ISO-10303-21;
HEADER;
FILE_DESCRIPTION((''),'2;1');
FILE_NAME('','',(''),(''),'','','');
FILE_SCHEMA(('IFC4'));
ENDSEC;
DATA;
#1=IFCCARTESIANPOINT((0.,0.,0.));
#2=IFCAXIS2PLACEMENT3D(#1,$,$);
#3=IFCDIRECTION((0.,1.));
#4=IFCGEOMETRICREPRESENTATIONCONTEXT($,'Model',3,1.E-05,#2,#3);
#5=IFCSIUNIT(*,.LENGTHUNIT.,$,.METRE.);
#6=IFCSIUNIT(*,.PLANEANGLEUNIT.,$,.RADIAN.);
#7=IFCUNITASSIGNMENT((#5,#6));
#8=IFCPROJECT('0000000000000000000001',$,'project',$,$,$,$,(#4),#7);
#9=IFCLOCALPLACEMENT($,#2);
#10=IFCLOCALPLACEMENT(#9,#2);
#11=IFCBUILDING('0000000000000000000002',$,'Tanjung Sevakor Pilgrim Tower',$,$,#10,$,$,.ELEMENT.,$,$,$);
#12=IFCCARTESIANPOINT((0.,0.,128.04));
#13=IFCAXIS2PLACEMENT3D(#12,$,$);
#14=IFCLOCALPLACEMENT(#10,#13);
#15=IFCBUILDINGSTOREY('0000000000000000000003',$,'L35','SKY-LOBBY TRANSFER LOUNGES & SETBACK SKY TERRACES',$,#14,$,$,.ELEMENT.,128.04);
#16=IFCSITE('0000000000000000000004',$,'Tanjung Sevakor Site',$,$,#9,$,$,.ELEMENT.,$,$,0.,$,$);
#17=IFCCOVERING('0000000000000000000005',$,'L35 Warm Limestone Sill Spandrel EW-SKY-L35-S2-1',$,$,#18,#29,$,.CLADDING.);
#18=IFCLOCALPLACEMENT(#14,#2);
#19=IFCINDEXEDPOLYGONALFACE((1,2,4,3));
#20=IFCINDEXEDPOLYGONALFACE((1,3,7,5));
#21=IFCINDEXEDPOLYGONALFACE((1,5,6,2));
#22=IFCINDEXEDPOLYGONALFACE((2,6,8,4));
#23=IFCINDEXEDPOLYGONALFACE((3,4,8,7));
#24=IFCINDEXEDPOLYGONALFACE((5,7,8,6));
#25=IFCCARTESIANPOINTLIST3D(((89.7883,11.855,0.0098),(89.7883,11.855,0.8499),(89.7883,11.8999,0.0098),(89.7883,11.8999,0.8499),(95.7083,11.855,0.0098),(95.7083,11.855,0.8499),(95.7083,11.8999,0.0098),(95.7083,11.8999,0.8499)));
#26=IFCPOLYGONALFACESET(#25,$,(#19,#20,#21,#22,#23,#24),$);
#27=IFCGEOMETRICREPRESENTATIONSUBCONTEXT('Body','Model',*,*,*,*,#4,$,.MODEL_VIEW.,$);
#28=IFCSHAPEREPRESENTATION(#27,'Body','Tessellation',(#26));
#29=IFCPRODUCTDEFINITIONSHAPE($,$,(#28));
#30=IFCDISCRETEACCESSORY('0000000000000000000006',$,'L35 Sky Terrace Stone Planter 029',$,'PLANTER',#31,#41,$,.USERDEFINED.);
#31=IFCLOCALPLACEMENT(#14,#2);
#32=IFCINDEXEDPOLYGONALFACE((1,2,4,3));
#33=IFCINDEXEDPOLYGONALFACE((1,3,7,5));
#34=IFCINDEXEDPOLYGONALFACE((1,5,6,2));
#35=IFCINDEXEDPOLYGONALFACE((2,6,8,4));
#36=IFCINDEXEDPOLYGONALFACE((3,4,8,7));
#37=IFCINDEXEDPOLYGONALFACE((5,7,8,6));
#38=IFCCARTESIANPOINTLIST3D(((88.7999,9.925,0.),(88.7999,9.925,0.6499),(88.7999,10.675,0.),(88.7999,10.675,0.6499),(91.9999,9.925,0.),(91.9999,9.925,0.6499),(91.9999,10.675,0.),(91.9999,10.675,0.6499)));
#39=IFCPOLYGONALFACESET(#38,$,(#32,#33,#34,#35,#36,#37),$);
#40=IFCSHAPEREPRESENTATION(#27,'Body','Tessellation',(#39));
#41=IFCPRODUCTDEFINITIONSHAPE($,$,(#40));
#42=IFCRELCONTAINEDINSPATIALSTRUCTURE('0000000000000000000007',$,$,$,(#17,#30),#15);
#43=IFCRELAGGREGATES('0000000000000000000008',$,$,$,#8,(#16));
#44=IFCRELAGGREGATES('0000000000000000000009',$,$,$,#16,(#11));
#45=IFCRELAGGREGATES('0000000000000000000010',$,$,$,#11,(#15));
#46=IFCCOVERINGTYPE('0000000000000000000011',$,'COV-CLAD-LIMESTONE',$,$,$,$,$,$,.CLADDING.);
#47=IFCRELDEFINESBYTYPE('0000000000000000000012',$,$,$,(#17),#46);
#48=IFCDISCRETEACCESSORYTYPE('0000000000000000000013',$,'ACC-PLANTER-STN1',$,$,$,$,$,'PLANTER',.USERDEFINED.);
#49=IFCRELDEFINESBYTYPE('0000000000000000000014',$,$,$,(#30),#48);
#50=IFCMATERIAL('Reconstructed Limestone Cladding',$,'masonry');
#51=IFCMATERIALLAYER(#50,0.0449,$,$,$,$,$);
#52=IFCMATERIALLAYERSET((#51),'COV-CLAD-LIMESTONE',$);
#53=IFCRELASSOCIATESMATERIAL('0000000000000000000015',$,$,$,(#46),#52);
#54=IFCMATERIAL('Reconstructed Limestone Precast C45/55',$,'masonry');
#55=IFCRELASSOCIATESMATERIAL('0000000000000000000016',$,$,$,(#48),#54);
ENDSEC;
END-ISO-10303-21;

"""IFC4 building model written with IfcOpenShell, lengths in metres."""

from ifc_helpers import new_model, si_unit, direction, frame, origin, origin_2d, place, context, subcontext, project, spatial, rectangle, extrude, material, layer, layer_set, type_object, element, save


model = new_model("IFC4")

# Units and contexts
model_context = context("Model", 3, precision=1e-05, world=origin(), true_north=direction((0.0, 1.0)))
body_context = subcontext(model_context, "Body", "Model", "MODEL_VIEW")
ifc_project = project(units=[si_unit("LENGTHUNIT", "METRE"), si_unit("PLANEANGLEUNIT", "RADIAN")], contexts=[model_context])

# Site, building, storey
site_placement = place(None, origin())
site = spatial("IfcSite", under=ifc_project, at=site_placement, Name="Tanjung Sevakor Site", CompositionType="ELEMENT", RefElevation=0.0)
building_placement = place(site_placement, origin())
building = spatial("IfcBuilding", under=site, at=building_placement, Name="Tanjung Sevakor Pilgrim Tower", CompositionType="ELEMENT")
storey_placement = place(building_placement, frame((0.0, 0.0, 128.04)))
storey = spatial("IfcBuildingStorey", under=building, at=storey_placement, Name="L35", Description="SKY-LOBBY TRANSFER LOUNGES & SETBACK SKY TERRACES", CompositionType="ELEMENT", Elevation=128.04)

# Covering
ifc_material_1 = material(Name="Reconstructed Limestone Cladding", Category="masonry")
ifc_layer_1 = layer(ifc_material_1, 0.0449)
ifc_layer_set_1 = layer_set([ifc_layer_1], Name="COV-CLAD-LIMESTONE")
covering_type = type_object("IfcCoveringType", Name="COV-CLAD-LIMESTONE", PredefinedType="CLADDING", material=ifc_layer_set_1)
covering_placement = place(storey_placement, frame((92.7483, 11.8774, 0.0098), z_axis=(0.0, 0.0, 1.0), x_axis=(1.0, 0.0, 0.0)))
element("IfcCovering", 1, at=covering_placement, inside=storey, type_object=covering_type, Name="L35 Warm Limestone Sill Spandrel EW-SKY-L35-S2-1", PredefinedType="CLADDING", context=body_context, shape_type="SweptSolid", body=[
    extrude(rectangle(XDim=5.9199, YDim=0.0449, at=origin_2d()), origin(), (0.0, 0.0, 1.0), 0.8401),
])

# Discrete accessory
ifc_material_2 = material(Name="Reconstructed Limestone Precast C45/55", Category="masonry")
discrete_accessory_type = type_object("IfcDiscreteAccessoryType", Name="ACC-PLANTER-STN1", ElementType="PLANTER", PredefinedType="USERDEFINED", material=ifc_material_2)
discrete_accessory_placement = place(storey_placement, frame((90.3999, 10.3, 0.0), z_axis=(0.0, 0.0, 1.0), x_axis=(1.0, 0.0, 0.0)))
element("IfcDiscreteAccessory", 2, at=discrete_accessory_placement, inside=storey, type_object=discrete_accessory_type, Name="L35 Sky Terrace Stone Planter 029", ObjectType="PLANTER", PredefinedType="USERDEFINED", context=body_context, shape_type="SweptSolid", body=[
    extrude(rectangle(XDim=3.2, YDim=0.75, at=origin_2d()), origin(), (0.0, 0.0, 1.0), 0.6499),
])

save(model, "model.ifc")
